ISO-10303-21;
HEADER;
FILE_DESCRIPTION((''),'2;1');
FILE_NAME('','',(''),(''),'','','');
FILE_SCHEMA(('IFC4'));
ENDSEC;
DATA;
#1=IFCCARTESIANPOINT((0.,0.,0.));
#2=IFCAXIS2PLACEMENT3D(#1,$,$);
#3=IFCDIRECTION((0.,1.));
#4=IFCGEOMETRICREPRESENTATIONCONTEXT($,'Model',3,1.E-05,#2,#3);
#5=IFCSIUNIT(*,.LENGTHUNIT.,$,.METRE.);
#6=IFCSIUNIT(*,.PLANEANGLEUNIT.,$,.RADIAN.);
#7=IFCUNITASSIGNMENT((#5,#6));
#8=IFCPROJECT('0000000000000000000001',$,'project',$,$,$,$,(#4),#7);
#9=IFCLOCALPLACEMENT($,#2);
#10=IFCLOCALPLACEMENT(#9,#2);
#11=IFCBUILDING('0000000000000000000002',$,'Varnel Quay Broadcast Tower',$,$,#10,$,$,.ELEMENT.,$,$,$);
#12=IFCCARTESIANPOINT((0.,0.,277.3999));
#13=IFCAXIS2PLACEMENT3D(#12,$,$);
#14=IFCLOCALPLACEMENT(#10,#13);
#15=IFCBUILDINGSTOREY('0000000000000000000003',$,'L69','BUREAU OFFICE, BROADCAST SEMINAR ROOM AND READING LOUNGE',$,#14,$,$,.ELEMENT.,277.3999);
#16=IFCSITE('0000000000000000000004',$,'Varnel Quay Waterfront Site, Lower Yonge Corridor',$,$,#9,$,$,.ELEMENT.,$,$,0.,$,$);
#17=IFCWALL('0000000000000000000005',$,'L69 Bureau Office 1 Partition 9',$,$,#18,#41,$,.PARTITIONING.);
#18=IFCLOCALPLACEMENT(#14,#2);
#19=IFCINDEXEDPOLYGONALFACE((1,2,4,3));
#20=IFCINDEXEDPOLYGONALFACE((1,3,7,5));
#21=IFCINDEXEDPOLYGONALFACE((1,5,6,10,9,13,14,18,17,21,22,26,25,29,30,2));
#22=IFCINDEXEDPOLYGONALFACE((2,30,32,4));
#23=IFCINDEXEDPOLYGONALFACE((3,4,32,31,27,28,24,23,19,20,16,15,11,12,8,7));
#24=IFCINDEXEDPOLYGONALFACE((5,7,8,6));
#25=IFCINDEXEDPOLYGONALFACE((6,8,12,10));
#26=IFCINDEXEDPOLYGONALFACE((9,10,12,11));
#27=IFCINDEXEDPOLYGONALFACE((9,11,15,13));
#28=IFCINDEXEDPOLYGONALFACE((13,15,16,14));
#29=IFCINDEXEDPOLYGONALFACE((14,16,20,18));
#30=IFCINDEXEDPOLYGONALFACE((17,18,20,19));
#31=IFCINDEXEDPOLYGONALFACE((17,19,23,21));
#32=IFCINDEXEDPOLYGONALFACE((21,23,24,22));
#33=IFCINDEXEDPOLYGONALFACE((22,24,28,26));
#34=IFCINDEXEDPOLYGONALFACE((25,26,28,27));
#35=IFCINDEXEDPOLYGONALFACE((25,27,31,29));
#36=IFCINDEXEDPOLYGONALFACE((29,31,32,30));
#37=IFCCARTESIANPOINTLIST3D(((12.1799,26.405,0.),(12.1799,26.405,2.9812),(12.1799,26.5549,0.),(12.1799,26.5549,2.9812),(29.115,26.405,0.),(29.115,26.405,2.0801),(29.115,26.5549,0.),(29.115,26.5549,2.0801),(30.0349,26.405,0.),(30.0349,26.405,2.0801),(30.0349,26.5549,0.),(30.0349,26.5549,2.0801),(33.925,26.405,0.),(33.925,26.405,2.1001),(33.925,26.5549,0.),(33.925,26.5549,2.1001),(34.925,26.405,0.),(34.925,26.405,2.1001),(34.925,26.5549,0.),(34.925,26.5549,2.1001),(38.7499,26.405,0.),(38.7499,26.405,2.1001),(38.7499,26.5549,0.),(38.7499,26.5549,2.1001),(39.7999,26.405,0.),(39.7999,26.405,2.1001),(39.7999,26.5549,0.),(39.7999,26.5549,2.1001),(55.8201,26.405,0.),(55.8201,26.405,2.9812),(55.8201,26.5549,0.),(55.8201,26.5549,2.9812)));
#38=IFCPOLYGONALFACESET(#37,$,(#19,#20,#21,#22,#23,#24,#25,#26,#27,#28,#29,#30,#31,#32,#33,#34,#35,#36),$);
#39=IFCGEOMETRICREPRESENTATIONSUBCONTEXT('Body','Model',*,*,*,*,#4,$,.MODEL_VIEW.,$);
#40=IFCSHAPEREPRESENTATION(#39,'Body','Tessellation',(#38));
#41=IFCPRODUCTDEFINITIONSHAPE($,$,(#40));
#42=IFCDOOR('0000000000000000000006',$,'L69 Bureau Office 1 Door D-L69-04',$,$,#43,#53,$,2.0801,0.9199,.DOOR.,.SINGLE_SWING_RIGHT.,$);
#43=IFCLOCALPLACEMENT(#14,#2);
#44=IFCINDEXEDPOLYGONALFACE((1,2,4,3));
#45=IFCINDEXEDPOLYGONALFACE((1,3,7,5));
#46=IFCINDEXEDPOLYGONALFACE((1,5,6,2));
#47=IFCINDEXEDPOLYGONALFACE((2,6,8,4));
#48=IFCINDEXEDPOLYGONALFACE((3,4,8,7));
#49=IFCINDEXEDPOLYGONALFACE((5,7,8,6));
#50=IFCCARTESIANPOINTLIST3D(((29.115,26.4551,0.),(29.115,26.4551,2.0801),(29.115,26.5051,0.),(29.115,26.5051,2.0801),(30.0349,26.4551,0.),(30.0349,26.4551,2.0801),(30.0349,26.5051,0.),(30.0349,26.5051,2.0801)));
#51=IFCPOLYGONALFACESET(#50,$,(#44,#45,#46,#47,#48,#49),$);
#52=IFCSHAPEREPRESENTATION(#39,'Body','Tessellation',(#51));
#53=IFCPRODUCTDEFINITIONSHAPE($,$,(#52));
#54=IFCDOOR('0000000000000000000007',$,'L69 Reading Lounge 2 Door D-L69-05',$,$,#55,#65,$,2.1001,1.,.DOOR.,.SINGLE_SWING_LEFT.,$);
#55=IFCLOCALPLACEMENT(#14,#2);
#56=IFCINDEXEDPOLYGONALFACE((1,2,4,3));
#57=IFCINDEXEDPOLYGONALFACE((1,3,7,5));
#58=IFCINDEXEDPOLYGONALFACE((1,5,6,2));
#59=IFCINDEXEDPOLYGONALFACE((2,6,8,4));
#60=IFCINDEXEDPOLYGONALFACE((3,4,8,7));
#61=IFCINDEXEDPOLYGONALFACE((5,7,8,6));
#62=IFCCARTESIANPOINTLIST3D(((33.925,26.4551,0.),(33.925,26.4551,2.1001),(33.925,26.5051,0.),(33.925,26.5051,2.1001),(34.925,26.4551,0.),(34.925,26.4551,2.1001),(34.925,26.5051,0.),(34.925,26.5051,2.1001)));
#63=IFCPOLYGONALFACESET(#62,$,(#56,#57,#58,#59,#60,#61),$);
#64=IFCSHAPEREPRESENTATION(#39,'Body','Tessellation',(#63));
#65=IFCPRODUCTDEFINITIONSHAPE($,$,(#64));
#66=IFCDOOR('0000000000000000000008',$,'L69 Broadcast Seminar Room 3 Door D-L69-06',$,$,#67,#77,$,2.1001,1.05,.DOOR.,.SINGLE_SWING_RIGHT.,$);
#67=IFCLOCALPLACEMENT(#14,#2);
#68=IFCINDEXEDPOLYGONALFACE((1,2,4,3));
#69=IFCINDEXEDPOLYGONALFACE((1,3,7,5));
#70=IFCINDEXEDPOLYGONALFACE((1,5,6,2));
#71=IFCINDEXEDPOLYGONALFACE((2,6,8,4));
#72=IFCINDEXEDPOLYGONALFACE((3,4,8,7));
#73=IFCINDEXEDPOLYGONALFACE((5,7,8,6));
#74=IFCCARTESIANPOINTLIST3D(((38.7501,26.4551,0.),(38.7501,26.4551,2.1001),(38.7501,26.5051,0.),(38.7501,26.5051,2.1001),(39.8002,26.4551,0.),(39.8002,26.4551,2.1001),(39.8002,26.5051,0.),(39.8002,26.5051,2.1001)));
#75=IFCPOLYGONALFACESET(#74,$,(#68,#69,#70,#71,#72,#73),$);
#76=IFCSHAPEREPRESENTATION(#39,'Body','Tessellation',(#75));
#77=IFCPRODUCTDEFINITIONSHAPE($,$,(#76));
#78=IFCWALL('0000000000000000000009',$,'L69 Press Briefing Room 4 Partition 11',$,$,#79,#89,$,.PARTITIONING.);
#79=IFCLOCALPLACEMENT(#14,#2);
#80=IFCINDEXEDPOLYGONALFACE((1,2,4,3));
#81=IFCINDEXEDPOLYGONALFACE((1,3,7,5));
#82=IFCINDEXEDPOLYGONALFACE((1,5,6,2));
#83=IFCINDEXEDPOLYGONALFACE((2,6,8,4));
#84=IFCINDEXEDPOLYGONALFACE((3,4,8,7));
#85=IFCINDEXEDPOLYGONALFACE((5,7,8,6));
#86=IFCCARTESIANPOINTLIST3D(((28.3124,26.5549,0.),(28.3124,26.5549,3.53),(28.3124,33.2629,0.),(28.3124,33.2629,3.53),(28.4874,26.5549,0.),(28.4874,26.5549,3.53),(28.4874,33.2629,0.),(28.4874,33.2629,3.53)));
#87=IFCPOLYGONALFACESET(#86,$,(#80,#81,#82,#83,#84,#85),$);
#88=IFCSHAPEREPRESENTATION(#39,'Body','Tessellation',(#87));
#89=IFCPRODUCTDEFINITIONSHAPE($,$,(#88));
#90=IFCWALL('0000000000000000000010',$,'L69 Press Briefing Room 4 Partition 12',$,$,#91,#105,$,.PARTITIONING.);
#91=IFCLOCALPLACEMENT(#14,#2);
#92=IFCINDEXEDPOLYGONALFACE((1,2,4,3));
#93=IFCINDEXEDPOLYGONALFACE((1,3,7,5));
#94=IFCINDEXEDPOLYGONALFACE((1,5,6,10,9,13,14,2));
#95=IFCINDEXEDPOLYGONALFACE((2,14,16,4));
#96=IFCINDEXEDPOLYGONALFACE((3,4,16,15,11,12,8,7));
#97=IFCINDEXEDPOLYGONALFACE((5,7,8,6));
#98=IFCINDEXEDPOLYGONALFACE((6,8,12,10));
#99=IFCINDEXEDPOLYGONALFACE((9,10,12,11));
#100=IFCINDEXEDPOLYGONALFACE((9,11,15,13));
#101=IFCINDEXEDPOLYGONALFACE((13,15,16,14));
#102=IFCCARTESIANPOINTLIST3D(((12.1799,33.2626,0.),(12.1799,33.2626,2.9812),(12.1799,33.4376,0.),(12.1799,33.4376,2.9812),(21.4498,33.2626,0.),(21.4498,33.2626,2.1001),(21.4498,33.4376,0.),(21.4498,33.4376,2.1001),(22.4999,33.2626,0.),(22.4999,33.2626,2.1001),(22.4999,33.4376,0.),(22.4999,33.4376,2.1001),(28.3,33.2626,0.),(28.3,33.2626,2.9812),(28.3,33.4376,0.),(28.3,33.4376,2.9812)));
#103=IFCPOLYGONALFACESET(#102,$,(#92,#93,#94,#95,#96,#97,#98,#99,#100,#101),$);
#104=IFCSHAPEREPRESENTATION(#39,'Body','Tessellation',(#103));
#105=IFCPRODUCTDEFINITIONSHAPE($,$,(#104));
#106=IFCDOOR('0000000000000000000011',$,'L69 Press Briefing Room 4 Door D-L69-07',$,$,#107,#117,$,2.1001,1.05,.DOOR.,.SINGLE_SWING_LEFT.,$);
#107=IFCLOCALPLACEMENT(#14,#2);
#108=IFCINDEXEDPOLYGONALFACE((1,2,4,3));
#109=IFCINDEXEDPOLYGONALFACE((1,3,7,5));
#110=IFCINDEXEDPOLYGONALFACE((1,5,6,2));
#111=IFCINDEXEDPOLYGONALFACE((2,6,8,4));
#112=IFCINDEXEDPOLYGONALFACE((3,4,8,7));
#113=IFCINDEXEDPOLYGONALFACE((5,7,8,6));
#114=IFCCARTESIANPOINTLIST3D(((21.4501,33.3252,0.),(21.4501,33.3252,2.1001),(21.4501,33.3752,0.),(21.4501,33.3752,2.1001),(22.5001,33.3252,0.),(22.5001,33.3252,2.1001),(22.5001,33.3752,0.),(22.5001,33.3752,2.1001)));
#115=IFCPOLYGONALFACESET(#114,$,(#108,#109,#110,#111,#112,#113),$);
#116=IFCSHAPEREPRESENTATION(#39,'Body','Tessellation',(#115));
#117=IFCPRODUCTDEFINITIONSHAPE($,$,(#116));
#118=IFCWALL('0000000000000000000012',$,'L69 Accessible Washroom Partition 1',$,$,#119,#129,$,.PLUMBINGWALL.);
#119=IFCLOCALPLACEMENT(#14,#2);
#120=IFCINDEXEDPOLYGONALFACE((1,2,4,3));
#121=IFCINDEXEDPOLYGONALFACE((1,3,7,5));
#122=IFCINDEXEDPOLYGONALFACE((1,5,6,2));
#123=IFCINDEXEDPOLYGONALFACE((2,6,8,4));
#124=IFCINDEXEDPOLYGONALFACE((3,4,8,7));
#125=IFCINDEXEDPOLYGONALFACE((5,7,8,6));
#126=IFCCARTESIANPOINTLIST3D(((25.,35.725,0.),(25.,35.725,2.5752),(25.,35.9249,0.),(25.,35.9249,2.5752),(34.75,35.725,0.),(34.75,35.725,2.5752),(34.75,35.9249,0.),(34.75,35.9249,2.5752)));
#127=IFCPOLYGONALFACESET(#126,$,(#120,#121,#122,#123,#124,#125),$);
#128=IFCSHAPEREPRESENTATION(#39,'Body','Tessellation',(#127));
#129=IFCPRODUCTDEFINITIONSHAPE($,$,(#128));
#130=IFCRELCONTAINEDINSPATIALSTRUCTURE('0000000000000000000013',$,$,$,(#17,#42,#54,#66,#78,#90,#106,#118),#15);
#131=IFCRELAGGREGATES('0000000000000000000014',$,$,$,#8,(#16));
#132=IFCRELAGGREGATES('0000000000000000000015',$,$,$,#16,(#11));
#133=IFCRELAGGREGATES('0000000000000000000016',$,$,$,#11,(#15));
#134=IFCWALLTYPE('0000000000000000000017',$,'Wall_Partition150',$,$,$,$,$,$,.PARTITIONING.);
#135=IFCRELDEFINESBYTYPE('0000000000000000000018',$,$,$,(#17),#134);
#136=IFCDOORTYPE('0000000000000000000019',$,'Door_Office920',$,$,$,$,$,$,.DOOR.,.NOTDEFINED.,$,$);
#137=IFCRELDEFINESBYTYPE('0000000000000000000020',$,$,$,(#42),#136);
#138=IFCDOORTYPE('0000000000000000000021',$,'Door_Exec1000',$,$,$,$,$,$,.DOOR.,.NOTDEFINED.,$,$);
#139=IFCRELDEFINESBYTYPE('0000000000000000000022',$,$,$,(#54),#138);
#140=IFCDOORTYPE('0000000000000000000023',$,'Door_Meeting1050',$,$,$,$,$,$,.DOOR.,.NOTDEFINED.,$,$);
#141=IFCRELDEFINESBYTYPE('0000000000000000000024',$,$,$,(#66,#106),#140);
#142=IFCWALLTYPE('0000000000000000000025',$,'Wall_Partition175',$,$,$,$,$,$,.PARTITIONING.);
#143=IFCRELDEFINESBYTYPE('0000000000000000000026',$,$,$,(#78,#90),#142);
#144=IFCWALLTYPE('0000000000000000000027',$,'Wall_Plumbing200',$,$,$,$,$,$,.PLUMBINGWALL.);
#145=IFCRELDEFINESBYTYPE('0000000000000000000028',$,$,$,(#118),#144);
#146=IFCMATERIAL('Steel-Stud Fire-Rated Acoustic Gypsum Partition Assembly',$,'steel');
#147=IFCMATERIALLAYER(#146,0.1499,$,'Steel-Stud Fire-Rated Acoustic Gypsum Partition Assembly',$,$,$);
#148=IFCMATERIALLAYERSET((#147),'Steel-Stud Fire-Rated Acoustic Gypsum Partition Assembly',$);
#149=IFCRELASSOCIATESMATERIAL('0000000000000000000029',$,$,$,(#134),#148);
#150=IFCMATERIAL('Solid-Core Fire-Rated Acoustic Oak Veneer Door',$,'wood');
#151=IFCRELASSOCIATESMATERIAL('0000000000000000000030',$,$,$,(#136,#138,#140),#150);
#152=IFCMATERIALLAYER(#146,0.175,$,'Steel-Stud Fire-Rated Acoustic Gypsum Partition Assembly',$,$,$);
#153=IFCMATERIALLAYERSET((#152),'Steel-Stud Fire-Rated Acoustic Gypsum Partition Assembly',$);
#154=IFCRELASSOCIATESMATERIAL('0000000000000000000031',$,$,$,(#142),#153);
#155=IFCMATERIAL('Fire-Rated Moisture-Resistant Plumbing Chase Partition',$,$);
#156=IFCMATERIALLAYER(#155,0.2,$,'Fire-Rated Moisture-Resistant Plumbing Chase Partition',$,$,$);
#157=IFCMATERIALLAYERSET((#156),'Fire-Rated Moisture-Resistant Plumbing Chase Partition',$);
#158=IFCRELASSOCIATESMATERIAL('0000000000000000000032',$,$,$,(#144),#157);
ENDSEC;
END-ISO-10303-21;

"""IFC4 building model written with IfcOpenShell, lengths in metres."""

from ifc_helpers import new_model, si_unit, direction, frame, frame_2d, origin, place, context, subcontext, project, spatial, rectangle, extrude, source, transform, mapped, material, layer, layer_set, type_object, type_shapes, element, fill, save


model = new_model("IFC4")

# Units and contexts
model_context = context("Model", 3, precision=1e-05, world=origin(), true_north=direction((0.0, 1.0)))
body_context = subcontext(model_context, "Body", "Model", "MODEL_VIEW")
ifc_project = project(units=[si_unit("LENGTHUNIT", "METRE"), si_unit("PLANEANGLEUNIT", "RADIAN")], contexts=[model_context])

# Site, building, storey
site_placement = place(None, origin())
site = spatial("IfcSite", under=ifc_project, at=site_placement, Name="Varnel Quay Waterfront Site, Lower Yonge Corridor", CompositionType="ELEMENT", RefElevation=0.0)
building_placement = place(site_placement, origin())
building = spatial("IfcBuilding", under=site, at=building_placement, Name="Varnel Quay Broadcast Tower", CompositionType="ELEMENT")
storey_placement = place(building_placement, frame((0.0, 0.0, 277.3999)))
storey = spatial("IfcBuildingStorey", under=building, at=storey_placement, Name="L69", Description="BUREAU OFFICE, BROADCAST SEMINAR ROOM AND READING LOUNGE", CompositionType="ELEMENT", Elevation=277.3999)

# Wall, openings, doors
ifc_material_1 = material(Name="Steel-Stud Fire-Rated Acoustic Gypsum Partition Assembly", Category="steel")
ifc_layer_1 = layer(ifc_material_1, 0.1499, Name="Steel-Stud Fire-Rated Acoustic Gypsum Partition Assembly")
ifc_layer_set_1 = layer_set([ifc_layer_1], Name="Steel-Stud Fire-Rated Acoustic Gypsum Partition Assembly")
wall_type_1 = type_object("IfcWallType", Name="Wall_Partition150", PredefinedType="PARTITIONING", material=ifc_layer_set_1)
wall_1_placement = place(storey_placement, frame((12.1799, 26.48, 0.0), z_axis=(0.0, 0.0, 1.0), x_axis=(1.0, 0.0, 0.0)))
wall_1 = element("IfcWall", 1, at=wall_1_placement, inside=storey, type_object=wall_type_1, Name="L69 Bureau Office 1 Partition 9", PredefinedType="PARTITIONING", context=body_context, shape_type="SweptSolid", body=[
    extrude(rectangle(XDim=43.6401, YDim=0.1499, at=frame_2d((21.8201, 0.0))), origin(), (0.0, 0.0, 1.0), 2.9812),
])
opening_1_placement = place(wall_1_placement, frame((16.9351, 0.0, 0.0)))
opening_1 = element("IfcOpeningElement", 2, at=opening_1_placement, cuts=wall_1, PredefinedType="OPENING", context=body_context, shape_type="SweptSolid", body=[
    extrude(rectangle(XDim=0.9199, YDim=2.0801, at=frame_2d((0.46, 1.04))), frame((0.0, 0.085, 0.0), z_axis=(0.0, -1.0, 0.0), x_axis=(1.0, 0.0, 0.0)), (0.0, 0.0, 1.0), 0.1699),
])
opening_2_placement = place(wall_1_placement, frame((21.7451, 0.0, 0.0)))
opening_2 = element("IfcOpeningElement", 3, at=opening_2_placement, cuts=wall_1, PredefinedType="OPENING", context=body_context, shape_type="SweptSolid", body=[
    extrude(rectangle(XDim=1.0, YDim=2.1001, at=frame_2d((0.5, 1.05))), frame((0.0, 0.085, 0.0), z_axis=(0.0, -1.0, 0.0), x_axis=(1.0, 0.0, 0.0)), (0.0, 0.0, 1.0), 0.1699),
])
opening_3_placement = place(wall_1_placement, frame((26.5701, 0.0, 0.0)))
opening_3 = element("IfcOpeningElement", 4, at=opening_3_placement, cuts=wall_1, PredefinedType="OPENING", context=body_context, shape_type="SweptSolid", body=[
    extrude(rectangle(XDim=1.05, YDim=2.1001, at=frame_2d((0.5249, 1.05))), frame((0.0, 0.085, 0.0), z_axis=(0.0, -1.0, 0.0), x_axis=(1.0, 0.0, 0.0)), (0.0, 0.0, 1.0), 0.1699),
])
ifc_material_2 = material(Name="Solid-Core Fire-Rated Acoustic Oak Veneer Door", Category="wood")
door_type_1 = type_object("IfcDoorType", Name="Door_Office920", OperationType="NOTDEFINED", PredefinedType="DOOR", material=ifc_material_2)
shared_shape_1 = source(origin(), body_context, "Body", "SweptSolid", [
    extrude(rectangle(XDim=0.9199, YDim=2.0801, at=frame_2d((0.46, 1.04))), frame((0.0, 0.0249, 0.0), z_axis=(0.0, -1.0, 0.0), x_axis=(1.0, 0.0, 0.0)), (0.0, 0.0, 1.0), 0.05),
])
type_shapes(door_type_1, [shared_shape_1])
door_1_placement = place(opening_1_placement, frame((0.9199, 0.0, 0.0), z_axis=(0.0, 0.0, 1.0), x_axis=(-1.0, 0.0, 0.0)))
door_1 = element("IfcDoor", 5, at=door_1_placement, inside=storey, type_object=door_type_1, Name="L69 Bureau Office 1 Door D-L69-04", OperationType="SINGLE_SWING_RIGHT", OverallHeight=2.0801, OverallWidth=0.9199, PredefinedType="DOOR", context=body_context, shape_type="MappedRepresentation", body=[
    mapped(shared_shape_1, transform((0.0, 0.0, 0.0), x_axis=(1.0, 0.0, 0.0), y_axis=(0.0, 1.0, 0.0), z_axis=(0.0, 0.0, 1.0), scale=1.0)),
])
fill(opening_1, door_1)
door_type_2 = type_object("IfcDoorType", Name="Door_Exec1000", OperationType="NOTDEFINED", PredefinedType="DOOR", material=ifc_material_2)
shared_shape_2 = source(origin(), body_context, "Body", "SweptSolid", [
    extrude(rectangle(XDim=1.0, YDim=2.1001, at=frame_2d((0.5, 1.05))), frame((0.0, 0.0249, 0.0), z_axis=(0.0, -1.0, 0.0), x_axis=(1.0, 0.0, 0.0)), (0.0, 0.0, 1.0), 0.05),
])
type_shapes(door_type_2, [shared_shape_2])
door_2_placement = place(opening_2_placement, frame((1.0, 0.0, 0.0), z_axis=(0.0, 0.0, 1.0), x_axis=(-1.0, 0.0, 0.0)))
door_2 = element("IfcDoor", 6, at=door_2_placement, inside=storey, type_object=door_type_2, Name="L69 Reading Lounge 2 Door D-L69-05", OperationType="SINGLE_SWING_LEFT", OverallHeight=2.1001, OverallWidth=1.0, PredefinedType="DOOR", context=body_context, shape_type="MappedRepresentation", body=[
    mapped(shared_shape_2, transform((0.0, 0.0, 0.0), x_axis=(1.0, 0.0, 0.0), y_axis=(0.0, 1.0, 0.0), z_axis=(0.0, 0.0, 1.0), scale=1.0)),
])
fill(opening_2, door_2)
door_type_3 = type_object("IfcDoorType", Name="Door_Meeting1050", OperationType="NOTDEFINED", PredefinedType="DOOR", material=ifc_material_2)
shared_shape_3 = source(origin(), body_context, "Body", "SweptSolid", [
    extrude(rectangle(XDim=1.05, YDim=2.1001, at=frame_2d((0.5249, 1.05))), frame((0.0, 0.0249, 0.0), z_axis=(0.0, -1.0, 0.0), x_axis=(1.0, 0.0, 0.0)), (0.0, 0.0, 1.0), 0.05),
])
type_shapes(door_type_3, [shared_shape_3])
door_3_placement = place(opening_3_placement, frame((1.05, 0.0, 0.0), z_axis=(0.0, 0.0, 1.0), x_axis=(-1.0, 0.0, 0.0)))
door_3 = element("IfcDoor", 7, at=door_3_placement, inside=storey, type_object=door_type_3, Name="L69 Broadcast Seminar Room 3 Door D-L69-06", OperationType="SINGLE_SWING_RIGHT", OverallHeight=2.1001, OverallWidth=1.05, PredefinedType="DOOR", context=body_context, shape_type="MappedRepresentation", body=[
    mapped(shared_shape_3, transform((0.0, 0.0, 0.0), x_axis=(1.0, 0.0, 0.0), y_axis=(0.0, 1.0, 0.0), z_axis=(0.0, 0.0, 1.0), scale=1.0)),
])
fill(opening_3, door_3)

# Wall
ifc_layer_2 = layer(ifc_material_1, 0.175, Name="Steel-Stud Fire-Rated Acoustic Gypsum Partition Assembly")
ifc_layer_set_2 = layer_set([ifc_layer_2], Name="Steel-Stud Fire-Rated Acoustic Gypsum Partition Assembly")
wall_type_2 = type_object("IfcWallType", Name="Wall_Partition175", PredefinedType="PARTITIONING", material=ifc_layer_set_2)
wall_2_placement = place(storey_placement, frame((28.3999, 26.5549, 0.0), z_axis=(0.0, 0.0, 1.0), x_axis=(0.0, 1.0, 0.0)))
element("IfcWall", 8, at=wall_2_placement, inside=storey, type_object=wall_type_2, Name="L69 Press Briefing Room 4 Partition 11", PredefinedType="PARTITIONING", context=body_context, shape_type="SweptSolid", body=[
    extrude(rectangle(XDim=6.708, YDim=0.175, at=frame_2d((3.354, 0.0))), origin(), (0.0, 0.0, 1.0), 3.53),
])

# Wall, opening, door
wall_3_placement = place(storey_placement, frame((12.1799, 33.3501, 0.0), z_axis=(0.0, 0.0, 1.0), x_axis=(1.0, 0.0, 0.0)))
wall_3 = element("IfcWall", 9, at=wall_3_placement, inside=storey, type_object=wall_type_2, Name="L69 Press Briefing Room 4 Partition 12", PredefinedType="PARTITIONING", context=body_context, shape_type="SweptSolid", body=[
    extrude(rectangle(XDim=16.1201, YDim=0.175, at=frame_2d((8.0601, 0.0))), origin(), (0.0, 0.0, 1.0), 2.9812),
])
opening_4_placement = place(wall_3_placement, frame((9.27, 0.0, 0.0)))
opening_4 = element("IfcOpeningElement", 10, at=opening_4_placement, cuts=wall_3, PredefinedType="OPENING", context=body_context, shape_type="SweptSolid", body=[
    extrude(rectangle(XDim=1.05, YDim=2.1001, at=frame_2d((0.5249, 1.05))), frame((0.0, 0.0977, 0.0), z_axis=(0.0, -1.0, 0.0), x_axis=(1.0, 0.0, 0.0)), (0.0, 0.0, 1.0), 0.1951),
])
door_4_placement = place(opening_4_placement, frame((1.05, 0.0, 0.0), z_axis=(0.0, 0.0, 1.0), x_axis=(-1.0, 0.0, 0.0)))
door_4 = element("IfcDoor", 11, at=door_4_placement, inside=storey, type_object=door_type_3, Name="L69 Press Briefing Room 4 Door D-L69-07", OperationType="SINGLE_SWING_LEFT", OverallHeight=2.1001, OverallWidth=1.05, PredefinedType="DOOR", context=body_context, shape_type="MappedRepresentation", body=[
    mapped(shared_shape_3, transform((0.0, 0.0, 0.0), x_axis=(1.0, 0.0, 0.0), y_axis=(0.0, 1.0, 0.0), z_axis=(0.0, 0.0, 1.0), scale=1.0)),
])
fill(opening_4, door_4)

# Wall
ifc_material_3 = material(Name="Fire-Rated Moisture-Resistant Plumbing Chase Partition")
ifc_layer_3 = layer(ifc_material_3, 0.2, Name="Fire-Rated Moisture-Resistant Plumbing Chase Partition")
ifc_layer_set_3 = layer_set([ifc_layer_3], Name="Fire-Rated Moisture-Resistant Plumbing Chase Partition")
wall_type_3 = type_object("IfcWallType", Name="Wall_Plumbing200", PredefinedType="PLUMBINGWALL", material=ifc_layer_set_3)
wall_4_placement = place(storey_placement, frame((25.0, 35.825, 0.0), z_axis=(0.0, 0.0, 1.0), x_axis=(1.0, 0.0, 0.0)))
element("IfcWall", 12, at=wall_4_placement, inside=storey, type_object=wall_type_3, Name="L69 Accessible Washroom Partition 1", PredefinedType="PLUMBINGWALL", context=body_context, shape_type="SweptSolid", body=[
    extrude(rectangle(XDim=9.75, YDim=0.2, at=frame_2d((4.875, 0.0))), origin(), (0.0, 0.0, 1.0), 2.5752),
])

save(model, "model.ifc")
